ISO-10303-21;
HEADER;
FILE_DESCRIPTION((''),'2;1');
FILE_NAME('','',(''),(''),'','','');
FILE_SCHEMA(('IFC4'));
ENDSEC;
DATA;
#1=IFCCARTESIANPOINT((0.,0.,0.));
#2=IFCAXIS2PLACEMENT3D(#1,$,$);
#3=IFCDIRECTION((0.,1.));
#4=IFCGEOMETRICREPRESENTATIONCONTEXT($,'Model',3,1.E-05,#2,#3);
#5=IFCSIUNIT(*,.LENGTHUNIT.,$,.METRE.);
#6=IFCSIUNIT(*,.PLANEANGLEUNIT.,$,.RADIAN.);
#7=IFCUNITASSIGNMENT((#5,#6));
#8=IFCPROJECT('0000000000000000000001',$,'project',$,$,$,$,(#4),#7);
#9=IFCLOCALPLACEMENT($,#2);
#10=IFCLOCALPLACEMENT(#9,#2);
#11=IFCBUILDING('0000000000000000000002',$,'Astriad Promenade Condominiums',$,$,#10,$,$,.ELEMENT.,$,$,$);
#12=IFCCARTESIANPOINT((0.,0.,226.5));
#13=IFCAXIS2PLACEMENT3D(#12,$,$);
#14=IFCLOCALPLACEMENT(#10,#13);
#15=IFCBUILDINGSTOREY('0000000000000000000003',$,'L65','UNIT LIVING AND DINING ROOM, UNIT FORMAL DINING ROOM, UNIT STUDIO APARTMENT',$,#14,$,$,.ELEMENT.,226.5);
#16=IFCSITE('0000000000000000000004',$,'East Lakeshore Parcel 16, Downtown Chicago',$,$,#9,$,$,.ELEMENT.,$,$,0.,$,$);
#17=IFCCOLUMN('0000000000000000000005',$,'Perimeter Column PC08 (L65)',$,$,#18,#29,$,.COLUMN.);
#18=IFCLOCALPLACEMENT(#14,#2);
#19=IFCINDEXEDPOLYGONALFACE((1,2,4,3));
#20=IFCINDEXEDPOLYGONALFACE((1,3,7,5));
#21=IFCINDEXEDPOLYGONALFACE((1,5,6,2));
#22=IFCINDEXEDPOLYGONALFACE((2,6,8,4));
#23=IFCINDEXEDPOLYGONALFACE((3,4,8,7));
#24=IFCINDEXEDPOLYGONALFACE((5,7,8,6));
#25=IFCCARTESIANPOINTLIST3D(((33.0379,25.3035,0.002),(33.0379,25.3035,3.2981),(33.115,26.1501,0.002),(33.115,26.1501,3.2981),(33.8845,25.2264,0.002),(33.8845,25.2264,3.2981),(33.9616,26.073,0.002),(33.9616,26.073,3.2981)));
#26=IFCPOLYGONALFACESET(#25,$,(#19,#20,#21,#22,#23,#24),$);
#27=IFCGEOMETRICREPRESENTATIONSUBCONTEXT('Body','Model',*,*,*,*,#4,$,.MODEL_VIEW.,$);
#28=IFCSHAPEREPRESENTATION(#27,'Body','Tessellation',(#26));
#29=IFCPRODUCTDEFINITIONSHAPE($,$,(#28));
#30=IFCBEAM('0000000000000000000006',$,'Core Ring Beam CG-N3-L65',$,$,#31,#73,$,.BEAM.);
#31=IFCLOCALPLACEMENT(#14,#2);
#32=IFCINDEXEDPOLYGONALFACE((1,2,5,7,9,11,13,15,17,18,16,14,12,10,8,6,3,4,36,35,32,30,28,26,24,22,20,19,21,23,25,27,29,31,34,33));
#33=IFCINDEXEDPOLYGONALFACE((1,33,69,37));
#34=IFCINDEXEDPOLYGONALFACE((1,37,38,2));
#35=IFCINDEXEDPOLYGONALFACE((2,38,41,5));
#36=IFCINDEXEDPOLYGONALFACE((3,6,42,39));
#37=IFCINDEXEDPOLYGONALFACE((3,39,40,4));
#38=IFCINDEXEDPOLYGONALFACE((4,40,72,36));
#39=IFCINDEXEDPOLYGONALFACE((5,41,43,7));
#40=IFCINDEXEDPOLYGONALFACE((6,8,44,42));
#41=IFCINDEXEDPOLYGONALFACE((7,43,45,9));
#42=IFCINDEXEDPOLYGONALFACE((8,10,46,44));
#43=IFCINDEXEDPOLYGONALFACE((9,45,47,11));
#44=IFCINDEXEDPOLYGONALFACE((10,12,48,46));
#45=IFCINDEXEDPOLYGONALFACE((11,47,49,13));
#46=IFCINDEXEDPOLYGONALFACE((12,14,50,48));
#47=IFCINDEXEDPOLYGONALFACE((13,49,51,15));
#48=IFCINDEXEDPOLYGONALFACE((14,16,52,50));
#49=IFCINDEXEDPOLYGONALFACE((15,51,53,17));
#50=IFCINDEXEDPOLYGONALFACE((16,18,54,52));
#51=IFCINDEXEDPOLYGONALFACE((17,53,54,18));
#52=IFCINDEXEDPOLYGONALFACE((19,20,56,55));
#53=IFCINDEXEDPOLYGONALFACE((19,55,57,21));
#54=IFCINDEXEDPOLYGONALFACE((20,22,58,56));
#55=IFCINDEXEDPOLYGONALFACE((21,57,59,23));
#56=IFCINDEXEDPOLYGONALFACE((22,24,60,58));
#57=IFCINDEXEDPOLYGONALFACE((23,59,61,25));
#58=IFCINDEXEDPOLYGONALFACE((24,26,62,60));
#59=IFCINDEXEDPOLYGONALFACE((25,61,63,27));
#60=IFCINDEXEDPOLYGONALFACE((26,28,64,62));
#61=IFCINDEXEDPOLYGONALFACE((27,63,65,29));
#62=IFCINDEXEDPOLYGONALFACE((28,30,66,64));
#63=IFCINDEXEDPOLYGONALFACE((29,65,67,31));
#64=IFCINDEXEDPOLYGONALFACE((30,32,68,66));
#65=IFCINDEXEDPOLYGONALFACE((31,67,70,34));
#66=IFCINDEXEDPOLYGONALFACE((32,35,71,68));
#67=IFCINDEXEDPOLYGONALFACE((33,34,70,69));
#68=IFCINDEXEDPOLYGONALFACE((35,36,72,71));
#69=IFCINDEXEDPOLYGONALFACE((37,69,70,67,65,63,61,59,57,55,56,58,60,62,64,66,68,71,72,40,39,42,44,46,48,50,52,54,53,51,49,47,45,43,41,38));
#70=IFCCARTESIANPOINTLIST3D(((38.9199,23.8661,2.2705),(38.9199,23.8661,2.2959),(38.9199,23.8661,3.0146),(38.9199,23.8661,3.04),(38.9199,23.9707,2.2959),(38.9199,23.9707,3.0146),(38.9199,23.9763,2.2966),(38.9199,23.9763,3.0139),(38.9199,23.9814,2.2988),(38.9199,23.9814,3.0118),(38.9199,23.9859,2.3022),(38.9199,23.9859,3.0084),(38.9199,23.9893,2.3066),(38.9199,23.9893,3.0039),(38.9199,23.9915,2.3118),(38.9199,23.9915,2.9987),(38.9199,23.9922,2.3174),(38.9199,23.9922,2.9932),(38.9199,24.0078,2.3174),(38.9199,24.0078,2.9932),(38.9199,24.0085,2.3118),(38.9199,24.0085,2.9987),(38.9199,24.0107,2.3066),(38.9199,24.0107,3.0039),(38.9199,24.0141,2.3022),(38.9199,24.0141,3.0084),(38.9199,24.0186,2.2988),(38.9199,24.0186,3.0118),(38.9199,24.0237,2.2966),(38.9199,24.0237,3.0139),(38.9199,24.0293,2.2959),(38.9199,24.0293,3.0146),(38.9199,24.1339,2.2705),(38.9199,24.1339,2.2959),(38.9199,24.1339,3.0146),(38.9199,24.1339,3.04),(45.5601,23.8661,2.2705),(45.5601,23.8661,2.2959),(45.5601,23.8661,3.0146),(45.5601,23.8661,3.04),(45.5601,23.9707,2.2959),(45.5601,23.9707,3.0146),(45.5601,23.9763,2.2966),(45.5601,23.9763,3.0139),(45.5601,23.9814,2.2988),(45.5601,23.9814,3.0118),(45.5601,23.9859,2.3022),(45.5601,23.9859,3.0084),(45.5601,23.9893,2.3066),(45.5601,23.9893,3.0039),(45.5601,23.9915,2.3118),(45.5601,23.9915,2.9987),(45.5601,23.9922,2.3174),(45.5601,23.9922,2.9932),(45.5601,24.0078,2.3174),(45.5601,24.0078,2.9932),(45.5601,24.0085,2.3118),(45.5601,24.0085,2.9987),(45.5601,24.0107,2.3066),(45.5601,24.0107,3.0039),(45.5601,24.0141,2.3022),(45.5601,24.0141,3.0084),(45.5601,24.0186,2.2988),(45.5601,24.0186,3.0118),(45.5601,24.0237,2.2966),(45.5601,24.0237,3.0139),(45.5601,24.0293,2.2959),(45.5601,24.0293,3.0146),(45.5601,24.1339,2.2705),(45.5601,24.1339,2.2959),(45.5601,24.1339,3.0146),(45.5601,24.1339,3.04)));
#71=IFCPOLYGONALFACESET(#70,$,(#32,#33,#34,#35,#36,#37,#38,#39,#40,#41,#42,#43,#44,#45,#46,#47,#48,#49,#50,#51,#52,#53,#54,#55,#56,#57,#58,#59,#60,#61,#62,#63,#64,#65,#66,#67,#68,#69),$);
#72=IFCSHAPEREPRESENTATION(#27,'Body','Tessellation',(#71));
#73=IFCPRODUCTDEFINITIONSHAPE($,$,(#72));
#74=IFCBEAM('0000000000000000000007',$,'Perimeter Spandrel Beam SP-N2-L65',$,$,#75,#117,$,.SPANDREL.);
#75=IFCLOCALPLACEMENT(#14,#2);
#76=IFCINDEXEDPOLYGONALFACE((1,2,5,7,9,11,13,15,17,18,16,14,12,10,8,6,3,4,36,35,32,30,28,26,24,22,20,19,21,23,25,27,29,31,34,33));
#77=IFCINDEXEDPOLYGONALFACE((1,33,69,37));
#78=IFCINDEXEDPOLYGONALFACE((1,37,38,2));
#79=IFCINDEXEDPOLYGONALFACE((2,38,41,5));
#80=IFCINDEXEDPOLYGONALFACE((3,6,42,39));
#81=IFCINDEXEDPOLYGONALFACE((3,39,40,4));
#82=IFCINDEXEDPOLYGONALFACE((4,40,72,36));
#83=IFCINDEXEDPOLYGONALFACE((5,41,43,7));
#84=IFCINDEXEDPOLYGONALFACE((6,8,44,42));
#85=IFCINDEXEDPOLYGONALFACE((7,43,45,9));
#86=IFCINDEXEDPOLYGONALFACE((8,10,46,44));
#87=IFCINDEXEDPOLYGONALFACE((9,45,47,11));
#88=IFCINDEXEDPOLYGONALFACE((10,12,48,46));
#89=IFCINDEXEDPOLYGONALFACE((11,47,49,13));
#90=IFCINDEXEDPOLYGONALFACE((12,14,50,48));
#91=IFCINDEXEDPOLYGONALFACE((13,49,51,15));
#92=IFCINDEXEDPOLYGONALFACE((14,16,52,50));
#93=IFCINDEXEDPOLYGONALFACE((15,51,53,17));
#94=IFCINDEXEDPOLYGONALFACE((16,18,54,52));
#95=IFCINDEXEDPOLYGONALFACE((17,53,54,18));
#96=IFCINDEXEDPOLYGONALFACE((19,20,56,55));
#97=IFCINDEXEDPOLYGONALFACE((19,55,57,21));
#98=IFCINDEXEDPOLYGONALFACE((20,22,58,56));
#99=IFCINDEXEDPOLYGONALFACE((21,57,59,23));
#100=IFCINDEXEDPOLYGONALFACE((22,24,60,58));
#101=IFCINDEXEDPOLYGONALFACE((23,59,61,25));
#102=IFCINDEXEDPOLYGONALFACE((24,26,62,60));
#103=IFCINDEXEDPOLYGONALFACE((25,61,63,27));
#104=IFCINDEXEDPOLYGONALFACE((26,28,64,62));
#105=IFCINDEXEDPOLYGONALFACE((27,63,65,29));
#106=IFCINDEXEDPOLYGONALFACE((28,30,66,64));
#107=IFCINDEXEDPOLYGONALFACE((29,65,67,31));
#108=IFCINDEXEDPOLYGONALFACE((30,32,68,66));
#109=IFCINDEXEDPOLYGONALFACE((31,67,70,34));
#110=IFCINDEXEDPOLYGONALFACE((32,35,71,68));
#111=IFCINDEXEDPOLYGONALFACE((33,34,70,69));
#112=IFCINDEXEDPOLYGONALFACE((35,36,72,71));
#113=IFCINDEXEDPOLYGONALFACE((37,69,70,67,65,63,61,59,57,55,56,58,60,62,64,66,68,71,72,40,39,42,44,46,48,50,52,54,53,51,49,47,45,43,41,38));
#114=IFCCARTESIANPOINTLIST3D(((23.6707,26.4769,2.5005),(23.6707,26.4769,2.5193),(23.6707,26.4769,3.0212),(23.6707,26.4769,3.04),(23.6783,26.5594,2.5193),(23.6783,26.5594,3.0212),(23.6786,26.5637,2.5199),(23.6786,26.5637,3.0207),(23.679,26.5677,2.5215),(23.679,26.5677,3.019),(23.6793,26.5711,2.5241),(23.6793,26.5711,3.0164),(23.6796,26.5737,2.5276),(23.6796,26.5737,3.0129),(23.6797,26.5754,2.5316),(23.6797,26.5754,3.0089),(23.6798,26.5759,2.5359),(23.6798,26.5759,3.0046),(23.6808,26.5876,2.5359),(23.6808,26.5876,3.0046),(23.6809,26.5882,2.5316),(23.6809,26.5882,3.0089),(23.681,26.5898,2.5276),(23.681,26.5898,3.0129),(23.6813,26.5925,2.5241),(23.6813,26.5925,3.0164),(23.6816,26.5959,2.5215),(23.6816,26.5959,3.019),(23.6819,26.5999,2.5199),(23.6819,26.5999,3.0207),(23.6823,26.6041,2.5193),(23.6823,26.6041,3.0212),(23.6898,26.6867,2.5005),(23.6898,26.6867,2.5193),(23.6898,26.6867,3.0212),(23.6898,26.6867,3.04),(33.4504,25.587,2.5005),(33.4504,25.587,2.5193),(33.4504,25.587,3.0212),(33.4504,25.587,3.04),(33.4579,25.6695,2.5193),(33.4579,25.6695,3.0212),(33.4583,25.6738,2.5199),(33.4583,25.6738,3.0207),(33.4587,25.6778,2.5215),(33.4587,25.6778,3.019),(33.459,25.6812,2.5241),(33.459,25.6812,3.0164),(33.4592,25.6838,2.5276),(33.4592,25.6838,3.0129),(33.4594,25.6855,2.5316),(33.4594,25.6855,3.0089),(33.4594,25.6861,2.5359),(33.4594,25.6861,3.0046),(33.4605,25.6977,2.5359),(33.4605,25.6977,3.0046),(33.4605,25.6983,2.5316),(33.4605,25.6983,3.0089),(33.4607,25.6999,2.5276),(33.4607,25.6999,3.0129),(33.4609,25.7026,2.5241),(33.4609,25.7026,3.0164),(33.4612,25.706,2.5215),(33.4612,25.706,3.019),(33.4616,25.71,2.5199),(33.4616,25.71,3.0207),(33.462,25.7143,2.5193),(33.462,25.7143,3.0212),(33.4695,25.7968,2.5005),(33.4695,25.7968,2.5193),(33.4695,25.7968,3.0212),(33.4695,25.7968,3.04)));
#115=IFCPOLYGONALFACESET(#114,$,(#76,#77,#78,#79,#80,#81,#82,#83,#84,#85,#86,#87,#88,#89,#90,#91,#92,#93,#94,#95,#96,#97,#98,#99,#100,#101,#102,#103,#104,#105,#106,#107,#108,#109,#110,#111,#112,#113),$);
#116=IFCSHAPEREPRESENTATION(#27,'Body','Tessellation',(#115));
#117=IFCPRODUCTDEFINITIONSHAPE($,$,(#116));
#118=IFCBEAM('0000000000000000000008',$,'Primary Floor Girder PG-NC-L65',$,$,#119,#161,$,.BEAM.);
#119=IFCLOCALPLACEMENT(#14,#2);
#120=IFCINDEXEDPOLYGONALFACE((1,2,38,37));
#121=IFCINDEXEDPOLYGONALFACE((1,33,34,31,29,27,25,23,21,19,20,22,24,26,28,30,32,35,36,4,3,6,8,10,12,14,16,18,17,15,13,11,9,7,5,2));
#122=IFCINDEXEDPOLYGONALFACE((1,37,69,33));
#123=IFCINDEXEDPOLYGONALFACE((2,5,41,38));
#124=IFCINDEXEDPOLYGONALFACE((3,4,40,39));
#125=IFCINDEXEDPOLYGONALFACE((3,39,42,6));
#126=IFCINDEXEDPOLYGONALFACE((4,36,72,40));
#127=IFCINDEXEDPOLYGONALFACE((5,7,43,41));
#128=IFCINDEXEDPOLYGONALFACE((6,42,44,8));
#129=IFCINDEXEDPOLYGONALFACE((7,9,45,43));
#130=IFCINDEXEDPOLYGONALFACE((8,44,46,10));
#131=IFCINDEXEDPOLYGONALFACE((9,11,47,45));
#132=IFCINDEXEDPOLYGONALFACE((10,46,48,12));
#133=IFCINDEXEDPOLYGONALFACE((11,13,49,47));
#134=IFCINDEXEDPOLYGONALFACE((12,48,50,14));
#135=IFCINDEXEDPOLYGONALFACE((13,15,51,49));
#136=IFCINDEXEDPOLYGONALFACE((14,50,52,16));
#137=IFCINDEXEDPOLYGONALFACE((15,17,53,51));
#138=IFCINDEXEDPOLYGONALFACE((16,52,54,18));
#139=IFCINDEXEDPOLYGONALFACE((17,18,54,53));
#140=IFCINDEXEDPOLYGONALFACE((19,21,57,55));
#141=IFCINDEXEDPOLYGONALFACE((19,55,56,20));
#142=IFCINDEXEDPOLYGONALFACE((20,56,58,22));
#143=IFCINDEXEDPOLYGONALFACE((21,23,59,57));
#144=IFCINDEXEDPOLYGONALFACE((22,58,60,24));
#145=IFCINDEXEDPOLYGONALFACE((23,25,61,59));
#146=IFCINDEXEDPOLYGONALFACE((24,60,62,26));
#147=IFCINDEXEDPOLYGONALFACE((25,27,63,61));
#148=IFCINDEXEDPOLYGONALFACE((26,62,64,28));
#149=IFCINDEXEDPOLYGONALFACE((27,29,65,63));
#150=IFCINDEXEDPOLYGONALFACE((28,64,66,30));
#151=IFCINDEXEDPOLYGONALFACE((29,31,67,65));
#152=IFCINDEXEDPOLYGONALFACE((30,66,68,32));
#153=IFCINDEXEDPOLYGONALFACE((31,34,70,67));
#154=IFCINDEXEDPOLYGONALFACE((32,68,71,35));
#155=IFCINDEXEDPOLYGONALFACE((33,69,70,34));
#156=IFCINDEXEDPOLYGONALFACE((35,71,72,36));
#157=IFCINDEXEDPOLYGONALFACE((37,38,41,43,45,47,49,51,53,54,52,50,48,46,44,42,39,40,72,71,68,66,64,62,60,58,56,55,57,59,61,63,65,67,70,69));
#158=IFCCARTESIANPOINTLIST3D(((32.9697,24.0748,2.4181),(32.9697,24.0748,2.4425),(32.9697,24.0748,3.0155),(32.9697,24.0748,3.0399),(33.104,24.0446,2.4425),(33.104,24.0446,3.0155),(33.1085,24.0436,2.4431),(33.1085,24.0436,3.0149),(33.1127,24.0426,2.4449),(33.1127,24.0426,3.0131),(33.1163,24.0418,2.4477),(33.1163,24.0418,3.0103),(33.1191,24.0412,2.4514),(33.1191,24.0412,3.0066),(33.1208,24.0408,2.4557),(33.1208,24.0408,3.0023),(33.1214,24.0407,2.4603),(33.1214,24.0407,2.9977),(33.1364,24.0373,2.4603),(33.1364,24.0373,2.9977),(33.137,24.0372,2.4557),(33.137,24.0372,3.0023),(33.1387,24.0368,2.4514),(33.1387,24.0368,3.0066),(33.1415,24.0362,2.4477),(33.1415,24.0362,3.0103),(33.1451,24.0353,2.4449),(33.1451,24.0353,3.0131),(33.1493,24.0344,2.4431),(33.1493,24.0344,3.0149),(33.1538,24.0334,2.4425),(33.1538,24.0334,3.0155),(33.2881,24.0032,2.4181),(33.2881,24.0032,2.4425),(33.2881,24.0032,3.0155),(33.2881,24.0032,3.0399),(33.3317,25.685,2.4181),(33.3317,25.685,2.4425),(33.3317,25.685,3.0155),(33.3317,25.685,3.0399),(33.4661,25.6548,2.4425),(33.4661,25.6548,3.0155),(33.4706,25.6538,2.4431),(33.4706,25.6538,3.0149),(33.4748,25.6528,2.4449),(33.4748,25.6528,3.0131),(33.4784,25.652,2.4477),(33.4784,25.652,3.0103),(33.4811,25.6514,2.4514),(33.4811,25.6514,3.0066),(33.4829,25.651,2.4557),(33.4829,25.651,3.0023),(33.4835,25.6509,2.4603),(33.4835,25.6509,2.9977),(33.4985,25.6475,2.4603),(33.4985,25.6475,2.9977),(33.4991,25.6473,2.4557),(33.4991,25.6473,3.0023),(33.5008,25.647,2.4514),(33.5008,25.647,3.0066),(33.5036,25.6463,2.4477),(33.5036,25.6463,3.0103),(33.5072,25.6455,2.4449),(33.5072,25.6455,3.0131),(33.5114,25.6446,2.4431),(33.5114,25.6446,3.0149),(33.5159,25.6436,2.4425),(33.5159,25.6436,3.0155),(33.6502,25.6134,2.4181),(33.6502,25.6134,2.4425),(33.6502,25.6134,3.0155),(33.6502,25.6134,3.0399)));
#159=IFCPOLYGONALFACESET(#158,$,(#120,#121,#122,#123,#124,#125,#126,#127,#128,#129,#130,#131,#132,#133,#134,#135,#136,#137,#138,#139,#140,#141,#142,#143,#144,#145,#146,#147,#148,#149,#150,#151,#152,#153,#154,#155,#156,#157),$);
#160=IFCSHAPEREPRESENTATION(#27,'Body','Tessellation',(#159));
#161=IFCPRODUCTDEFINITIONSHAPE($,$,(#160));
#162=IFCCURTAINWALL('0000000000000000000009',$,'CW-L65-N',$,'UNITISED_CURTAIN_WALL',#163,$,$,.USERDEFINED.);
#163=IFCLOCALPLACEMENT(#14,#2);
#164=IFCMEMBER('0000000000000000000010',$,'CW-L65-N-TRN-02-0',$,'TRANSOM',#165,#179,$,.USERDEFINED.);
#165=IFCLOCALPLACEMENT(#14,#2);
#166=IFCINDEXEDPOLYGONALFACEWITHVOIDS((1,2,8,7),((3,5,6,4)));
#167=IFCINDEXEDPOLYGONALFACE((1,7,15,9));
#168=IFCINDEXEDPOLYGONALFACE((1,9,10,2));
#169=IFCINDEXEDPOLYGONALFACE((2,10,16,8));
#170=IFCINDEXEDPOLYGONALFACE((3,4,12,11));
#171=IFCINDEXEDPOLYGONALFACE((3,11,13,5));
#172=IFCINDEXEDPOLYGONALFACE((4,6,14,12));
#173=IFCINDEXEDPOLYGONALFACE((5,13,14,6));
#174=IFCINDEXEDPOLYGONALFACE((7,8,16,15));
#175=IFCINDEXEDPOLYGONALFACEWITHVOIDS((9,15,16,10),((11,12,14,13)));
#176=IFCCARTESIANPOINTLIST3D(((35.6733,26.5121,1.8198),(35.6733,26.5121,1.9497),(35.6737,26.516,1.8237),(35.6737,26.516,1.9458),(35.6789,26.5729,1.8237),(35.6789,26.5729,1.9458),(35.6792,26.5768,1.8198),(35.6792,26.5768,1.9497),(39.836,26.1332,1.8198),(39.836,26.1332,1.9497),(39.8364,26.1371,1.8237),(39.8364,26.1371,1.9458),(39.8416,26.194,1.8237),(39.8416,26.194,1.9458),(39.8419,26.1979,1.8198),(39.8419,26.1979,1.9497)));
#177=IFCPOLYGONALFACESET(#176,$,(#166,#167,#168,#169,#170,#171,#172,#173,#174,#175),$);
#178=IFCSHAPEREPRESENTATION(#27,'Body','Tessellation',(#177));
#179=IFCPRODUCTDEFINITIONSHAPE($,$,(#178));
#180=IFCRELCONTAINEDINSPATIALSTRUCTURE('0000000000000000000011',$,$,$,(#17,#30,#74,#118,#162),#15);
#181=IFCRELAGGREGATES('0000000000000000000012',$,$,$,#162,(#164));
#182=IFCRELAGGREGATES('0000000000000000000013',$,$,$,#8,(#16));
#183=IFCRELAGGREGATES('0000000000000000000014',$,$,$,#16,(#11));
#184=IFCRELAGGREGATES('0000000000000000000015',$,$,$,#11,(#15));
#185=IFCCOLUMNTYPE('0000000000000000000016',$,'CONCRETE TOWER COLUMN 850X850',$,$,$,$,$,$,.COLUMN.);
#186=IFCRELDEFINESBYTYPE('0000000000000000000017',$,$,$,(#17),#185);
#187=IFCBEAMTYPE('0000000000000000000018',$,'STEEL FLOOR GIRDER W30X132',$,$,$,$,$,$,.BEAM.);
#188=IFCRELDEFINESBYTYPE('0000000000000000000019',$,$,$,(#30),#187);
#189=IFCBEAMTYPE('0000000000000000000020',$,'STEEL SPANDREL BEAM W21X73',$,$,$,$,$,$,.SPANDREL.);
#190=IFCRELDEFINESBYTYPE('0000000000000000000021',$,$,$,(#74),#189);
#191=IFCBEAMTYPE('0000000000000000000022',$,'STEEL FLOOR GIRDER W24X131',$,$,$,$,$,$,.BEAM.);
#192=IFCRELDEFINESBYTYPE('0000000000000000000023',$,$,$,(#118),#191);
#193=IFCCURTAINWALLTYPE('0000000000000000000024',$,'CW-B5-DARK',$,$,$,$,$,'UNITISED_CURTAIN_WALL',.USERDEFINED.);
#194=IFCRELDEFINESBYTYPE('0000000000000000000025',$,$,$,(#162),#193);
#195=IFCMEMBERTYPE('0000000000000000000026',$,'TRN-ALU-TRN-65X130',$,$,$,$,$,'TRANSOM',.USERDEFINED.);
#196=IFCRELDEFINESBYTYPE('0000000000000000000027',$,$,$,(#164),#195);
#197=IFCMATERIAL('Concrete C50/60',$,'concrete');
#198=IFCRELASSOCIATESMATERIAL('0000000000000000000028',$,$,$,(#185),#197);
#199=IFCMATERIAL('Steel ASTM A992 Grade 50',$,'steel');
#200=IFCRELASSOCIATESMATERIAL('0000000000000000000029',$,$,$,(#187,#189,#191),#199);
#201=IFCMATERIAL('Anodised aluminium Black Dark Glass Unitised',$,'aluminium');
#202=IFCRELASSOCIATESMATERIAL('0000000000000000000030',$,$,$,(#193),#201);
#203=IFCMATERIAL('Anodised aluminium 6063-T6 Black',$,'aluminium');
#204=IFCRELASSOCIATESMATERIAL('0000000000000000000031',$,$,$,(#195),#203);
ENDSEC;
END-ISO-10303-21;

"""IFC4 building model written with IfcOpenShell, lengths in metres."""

from ifc_helpers import new_model, si_unit, direction, frame, origin, origin_2d, place, context, subcontext, project, spatial, rectangle, hollow_rectangle, i_section, extrude, source, transform, mapped, material, material_profile, profile_set, type_object, type_shapes, element, aggregate, save


model = new_model("IFC4")

# Units and contexts
model_context = context("Model", 3, precision=1e-05, world=origin(), true_north=direction((0.0, 1.0)))
body_context = subcontext(model_context, "Body", "Model", "MODEL_VIEW")
ifc_project = project(units=[si_unit("LENGTHUNIT", "METRE"), si_unit("PLANEANGLEUNIT", "RADIAN")], contexts=[model_context])

# Site, building, storey
site_placement = place(None, origin())
site = spatial("IfcSite", under=ifc_project, at=site_placement, Name="East Lakeshore Parcel 16, Downtown Chicago", CompositionType="ELEMENT", RefElevation=0.0)
building_placement = place(site_placement, origin())
building = spatial("IfcBuilding", under=site, at=building_placement, Name="Astriad Promenade Condominiums", CompositionType="ELEMENT")
storey_placement = place(building_placement, frame((0.0, 0.0, 226.5)))
storey = spatial("IfcBuildingStorey", under=building, at=storey_placement, Name="L65", Description="UNIT LIVING AND DINING ROOM, UNIT FORMAL DINING ROOM, UNIT STUDIO APARTMENT", CompositionType="ELEMENT", Elevation=226.5)

# Column
ifc_material_1 = material(Name="Concrete C50/60", Category="concrete")
ifc_material_profile_1 = material_profile(ifc_material_1, rectangle(XDim=0.8501, YDim=0.8501, at=origin_2d()), Name="RC-COL-850X850")
ifc_profile_set_1 = profile_set([ifc_material_profile_1], Name="Concrete C50/60")
column_type = type_object("IfcColumnType", Name="CONCRETE TOWER COLUMN 850X850", PredefinedType="COLUMN", material=ifc_profile_set_1)
shared_shape_1 = source(origin(), body_context, "Body", "SweptSolid", [
    extrude(rectangle(XDim=0.8501, YDim=0.8501, at=origin_2d()), origin(), (0.0, 0.0, 1.0), 3.2961),
])
type_shapes(column_type, [shared_shape_1])
column_placement = place(storey_placement, frame((33.4998, 25.6882, 0.002), z_axis=(0.0, 0.0, 1.0), x_axis=(0.995884, -0.090633, 0.0)))
element("IfcColumn", 1, at=column_placement, inside=storey, type_object=column_type, Name="Perimeter Column PC08 (L65)", PredefinedType="COLUMN", context=body_context, shape_type="MappedRepresentation", body=[
    mapped(shared_shape_1, transform((0.0, 0.0, 0.0), scale=1.0)),
])

# Beams
ifc_material_2 = material(Name="Steel ASTM A992 Grade 50", Category="steel")
ifc_material_profile_2 = material_profile(ifc_material_2, i_section(OverallWidth=0.2678, OverallDepth=0.7695, WebThickness=0.0156, FlangeThickness=0.0254, FilletRadius=0.0215, at=origin_2d()), Name="W30X132")
ifc_profile_set_2 = profile_set([ifc_material_profile_2], Name="Steel ASTM A992 Grade 50")
beam_type_1 = type_object("IfcBeamType", Name="STEEL FLOOR GIRDER W30X132", PredefinedType="BEAM", material=ifc_profile_set_2)
shared_shape_2 = source(origin(), body_context, "Body", "SweptSolid", [
    extrude(i_section(OverallWidth=0.2678, OverallDepth=0.7695, WebThickness=0.0156, FlangeThickness=0.0254, FilletRadius=0.0215, at=origin_2d()), origin(), (0.0, 0.0, 1.0), 6.6401),
])
type_shapes(beam_type_1, [shared_shape_2])
beam_1_placement = place(storey_placement, frame((38.9199, 24.0, 2.6553), z_axis=(1.0, 0.0, 0.0), x_axis=(0.0, 1.0, 0.0)))
element("IfcBeam", 2, at=beam_1_placement, inside=storey, type_object=beam_type_1, Name="Core Ring Beam CG-N3-L65", PredefinedType="BEAM", context=body_context, shape_type="MappedRepresentation", body=[
    mapped(shared_shape_2, transform((0.0, 0.0, 0.0), scale=1.0)),
])
ifc_material_profile_3 = material_profile(ifc_material_2, i_section(OverallWidth=0.2107, OverallDepth=0.5396, WebThickness=0.0117, FlangeThickness=0.0188, FilletRadius=0.0166, at=origin_2d()), Name="W21X73")
ifc_profile_set_3 = profile_set([ifc_material_profile_3], Name="Steel ASTM A992 Grade 50")
beam_type_2 = type_object("IfcBeamType", Name="STEEL SPANDREL BEAM W21X73", PredefinedType="SPANDREL", material=ifc_profile_set_3)
shared_shape_3 = source(origin(), body_context, "Body", "SweptSolid", [
    extrude(i_section(OverallWidth=0.2107, OverallDepth=0.5396, WebThickness=0.0117, FlangeThickness=0.0188, FilletRadius=0.0166, at=origin_2d()), origin(), (0.0, 0.0, 1.0), 9.8201),
])
type_shapes(beam_type_2, [shared_shape_3])
beam_2_placement = place(storey_placement, frame((33.46, 25.6919, 2.7703), z_axis=(-0.995886, 0.090619, 0.0), x_axis=(-0.090619, -0.995886, 0.0)))
element("IfcBeam", 3, at=beam_2_placement, inside=storey, type_object=beam_type_2, Name="Perimeter Spandrel Beam SP-N2-L65", PredefinedType="SPANDREL", context=body_context, shape_type="MappedRepresentation", body=[
    mapped(shared_shape_3, transform((0.0, 0.0, 0.0), scale=1.0)),
])
ifc_material_profile_4 = material_profile(ifc_material_2, i_section(OverallWidth=0.3264, OverallDepth=0.6218, WebThickness=0.0154, FlangeThickness=0.0244, FilletRadius=0.0178, at=origin_2d()), Name="W24X131")
ifc_profile_set_4 = profile_set([ifc_material_profile_4], Name="Steel ASTM A992 Grade 50")
beam_type_3 = type_object("IfcBeamType", Name="STEEL FLOOR GIRDER W24X131", PredefinedType="BEAM", material=ifc_profile_set_4)
shared_shape_4 = source(origin(), body_context, "Body", "SweptSolid", [
    extrude(i_section(OverallWidth=0.3264, OverallDepth=0.6218, WebThickness=0.0154, FlangeThickness=0.0244, FilletRadius=0.0178, at=origin_2d()), origin(), (0.0, 0.0, 1.0), 1.6504),
])
type_shapes(beam_type_3, [shared_shape_4])
beam_3_placement = place(storey_placement, frame((33.491, 25.6492, 2.729), z_axis=(-0.219389, -0.975637, 0.0), x_axis=(0.975637, -0.219389, 0.0)))
element("IfcBeam", 4, at=beam_3_placement, inside=storey, type_object=beam_type_3, Name="Primary Floor Girder PG-NC-L65", PredefinedType="BEAM", context=body_context, shape_type="MappedRepresentation", body=[
    mapped(shared_shape_4, transform((0.0, 0.0, 0.0), scale=1.0)),
])

# Curtain wall, member
ifc_material_3 = material(Name="Anodised aluminium Black Dark Glass Unitised", Category="aluminium")
curtain_wall_type = type_object("IfcCurtainWallType", Name="CW-B5-DARK", ElementType="UNITISED_CURTAIN_WALL", PredefinedType="USERDEFINED", material=ifc_material_3)
curtain_wall_placement = place(storey_placement, origin())
curtain_wall = element("IfcCurtainWall", 5, at=curtain_wall_placement, inside=storey, type_object=curtain_wall_type, Name="CW-L65-N", ObjectType="UNITISED_CURTAIN_WALL", PredefinedType="USERDEFINED")
ifc_material_4 = material(Name="Anodised aluminium 6063-T6 Black", Category="aluminium")
ifc_material_profile_5 = material_profile(ifc_material_4, hollow_rectangle(XDim=0.0649, YDim=0.1299, WallThickness=0.0039, at=origin_2d()), Name="ALU-TRN-65X130")
ifc_profile_set_5 = profile_set([ifc_material_profile_5], Name="Anodised aluminium 6063-T6 Black")
member_type_1 = type_object("IfcMemberType", Name="TRN-ALU-TRN-65X130", ElementType="TRANSOM", PredefinedType="USERDEFINED", material=ifc_profile_set_5)
shared_shape_5 = source(origin(), body_context, "Body", "SweptSolid", [
    extrude(hollow_rectangle(XDim=0.0649, YDim=0.1299, WallThickness=0.0039, at=origin_2d()), origin(), (0.0, 0.0, 1.0), 4.1799),
])
type_shapes(member_type_1, [shared_shape_5])
member_1_placement = place(storey_placement, frame((35.6763, 26.5444, 1.8848), z_axis=(0.995883, -0.090646, 0.0), x_axis=(0.090646, 0.995883, 0.0)))
member_1 = element("IfcMember", 6, at=member_1_placement, type_object=member_type_1, Name="CW-L65-N-TRN-02-0", ObjectType="TRANSOM", PredefinedType="USERDEFINED", context=body_context, shape_type="MappedRepresentation", body=[
    mapped(shared_shape_5, transform((0.0, 0.0, 0.0), scale=1.0)),
])
aggregate(curtain_wall, [member_1])

save(model, "model.ifc")
